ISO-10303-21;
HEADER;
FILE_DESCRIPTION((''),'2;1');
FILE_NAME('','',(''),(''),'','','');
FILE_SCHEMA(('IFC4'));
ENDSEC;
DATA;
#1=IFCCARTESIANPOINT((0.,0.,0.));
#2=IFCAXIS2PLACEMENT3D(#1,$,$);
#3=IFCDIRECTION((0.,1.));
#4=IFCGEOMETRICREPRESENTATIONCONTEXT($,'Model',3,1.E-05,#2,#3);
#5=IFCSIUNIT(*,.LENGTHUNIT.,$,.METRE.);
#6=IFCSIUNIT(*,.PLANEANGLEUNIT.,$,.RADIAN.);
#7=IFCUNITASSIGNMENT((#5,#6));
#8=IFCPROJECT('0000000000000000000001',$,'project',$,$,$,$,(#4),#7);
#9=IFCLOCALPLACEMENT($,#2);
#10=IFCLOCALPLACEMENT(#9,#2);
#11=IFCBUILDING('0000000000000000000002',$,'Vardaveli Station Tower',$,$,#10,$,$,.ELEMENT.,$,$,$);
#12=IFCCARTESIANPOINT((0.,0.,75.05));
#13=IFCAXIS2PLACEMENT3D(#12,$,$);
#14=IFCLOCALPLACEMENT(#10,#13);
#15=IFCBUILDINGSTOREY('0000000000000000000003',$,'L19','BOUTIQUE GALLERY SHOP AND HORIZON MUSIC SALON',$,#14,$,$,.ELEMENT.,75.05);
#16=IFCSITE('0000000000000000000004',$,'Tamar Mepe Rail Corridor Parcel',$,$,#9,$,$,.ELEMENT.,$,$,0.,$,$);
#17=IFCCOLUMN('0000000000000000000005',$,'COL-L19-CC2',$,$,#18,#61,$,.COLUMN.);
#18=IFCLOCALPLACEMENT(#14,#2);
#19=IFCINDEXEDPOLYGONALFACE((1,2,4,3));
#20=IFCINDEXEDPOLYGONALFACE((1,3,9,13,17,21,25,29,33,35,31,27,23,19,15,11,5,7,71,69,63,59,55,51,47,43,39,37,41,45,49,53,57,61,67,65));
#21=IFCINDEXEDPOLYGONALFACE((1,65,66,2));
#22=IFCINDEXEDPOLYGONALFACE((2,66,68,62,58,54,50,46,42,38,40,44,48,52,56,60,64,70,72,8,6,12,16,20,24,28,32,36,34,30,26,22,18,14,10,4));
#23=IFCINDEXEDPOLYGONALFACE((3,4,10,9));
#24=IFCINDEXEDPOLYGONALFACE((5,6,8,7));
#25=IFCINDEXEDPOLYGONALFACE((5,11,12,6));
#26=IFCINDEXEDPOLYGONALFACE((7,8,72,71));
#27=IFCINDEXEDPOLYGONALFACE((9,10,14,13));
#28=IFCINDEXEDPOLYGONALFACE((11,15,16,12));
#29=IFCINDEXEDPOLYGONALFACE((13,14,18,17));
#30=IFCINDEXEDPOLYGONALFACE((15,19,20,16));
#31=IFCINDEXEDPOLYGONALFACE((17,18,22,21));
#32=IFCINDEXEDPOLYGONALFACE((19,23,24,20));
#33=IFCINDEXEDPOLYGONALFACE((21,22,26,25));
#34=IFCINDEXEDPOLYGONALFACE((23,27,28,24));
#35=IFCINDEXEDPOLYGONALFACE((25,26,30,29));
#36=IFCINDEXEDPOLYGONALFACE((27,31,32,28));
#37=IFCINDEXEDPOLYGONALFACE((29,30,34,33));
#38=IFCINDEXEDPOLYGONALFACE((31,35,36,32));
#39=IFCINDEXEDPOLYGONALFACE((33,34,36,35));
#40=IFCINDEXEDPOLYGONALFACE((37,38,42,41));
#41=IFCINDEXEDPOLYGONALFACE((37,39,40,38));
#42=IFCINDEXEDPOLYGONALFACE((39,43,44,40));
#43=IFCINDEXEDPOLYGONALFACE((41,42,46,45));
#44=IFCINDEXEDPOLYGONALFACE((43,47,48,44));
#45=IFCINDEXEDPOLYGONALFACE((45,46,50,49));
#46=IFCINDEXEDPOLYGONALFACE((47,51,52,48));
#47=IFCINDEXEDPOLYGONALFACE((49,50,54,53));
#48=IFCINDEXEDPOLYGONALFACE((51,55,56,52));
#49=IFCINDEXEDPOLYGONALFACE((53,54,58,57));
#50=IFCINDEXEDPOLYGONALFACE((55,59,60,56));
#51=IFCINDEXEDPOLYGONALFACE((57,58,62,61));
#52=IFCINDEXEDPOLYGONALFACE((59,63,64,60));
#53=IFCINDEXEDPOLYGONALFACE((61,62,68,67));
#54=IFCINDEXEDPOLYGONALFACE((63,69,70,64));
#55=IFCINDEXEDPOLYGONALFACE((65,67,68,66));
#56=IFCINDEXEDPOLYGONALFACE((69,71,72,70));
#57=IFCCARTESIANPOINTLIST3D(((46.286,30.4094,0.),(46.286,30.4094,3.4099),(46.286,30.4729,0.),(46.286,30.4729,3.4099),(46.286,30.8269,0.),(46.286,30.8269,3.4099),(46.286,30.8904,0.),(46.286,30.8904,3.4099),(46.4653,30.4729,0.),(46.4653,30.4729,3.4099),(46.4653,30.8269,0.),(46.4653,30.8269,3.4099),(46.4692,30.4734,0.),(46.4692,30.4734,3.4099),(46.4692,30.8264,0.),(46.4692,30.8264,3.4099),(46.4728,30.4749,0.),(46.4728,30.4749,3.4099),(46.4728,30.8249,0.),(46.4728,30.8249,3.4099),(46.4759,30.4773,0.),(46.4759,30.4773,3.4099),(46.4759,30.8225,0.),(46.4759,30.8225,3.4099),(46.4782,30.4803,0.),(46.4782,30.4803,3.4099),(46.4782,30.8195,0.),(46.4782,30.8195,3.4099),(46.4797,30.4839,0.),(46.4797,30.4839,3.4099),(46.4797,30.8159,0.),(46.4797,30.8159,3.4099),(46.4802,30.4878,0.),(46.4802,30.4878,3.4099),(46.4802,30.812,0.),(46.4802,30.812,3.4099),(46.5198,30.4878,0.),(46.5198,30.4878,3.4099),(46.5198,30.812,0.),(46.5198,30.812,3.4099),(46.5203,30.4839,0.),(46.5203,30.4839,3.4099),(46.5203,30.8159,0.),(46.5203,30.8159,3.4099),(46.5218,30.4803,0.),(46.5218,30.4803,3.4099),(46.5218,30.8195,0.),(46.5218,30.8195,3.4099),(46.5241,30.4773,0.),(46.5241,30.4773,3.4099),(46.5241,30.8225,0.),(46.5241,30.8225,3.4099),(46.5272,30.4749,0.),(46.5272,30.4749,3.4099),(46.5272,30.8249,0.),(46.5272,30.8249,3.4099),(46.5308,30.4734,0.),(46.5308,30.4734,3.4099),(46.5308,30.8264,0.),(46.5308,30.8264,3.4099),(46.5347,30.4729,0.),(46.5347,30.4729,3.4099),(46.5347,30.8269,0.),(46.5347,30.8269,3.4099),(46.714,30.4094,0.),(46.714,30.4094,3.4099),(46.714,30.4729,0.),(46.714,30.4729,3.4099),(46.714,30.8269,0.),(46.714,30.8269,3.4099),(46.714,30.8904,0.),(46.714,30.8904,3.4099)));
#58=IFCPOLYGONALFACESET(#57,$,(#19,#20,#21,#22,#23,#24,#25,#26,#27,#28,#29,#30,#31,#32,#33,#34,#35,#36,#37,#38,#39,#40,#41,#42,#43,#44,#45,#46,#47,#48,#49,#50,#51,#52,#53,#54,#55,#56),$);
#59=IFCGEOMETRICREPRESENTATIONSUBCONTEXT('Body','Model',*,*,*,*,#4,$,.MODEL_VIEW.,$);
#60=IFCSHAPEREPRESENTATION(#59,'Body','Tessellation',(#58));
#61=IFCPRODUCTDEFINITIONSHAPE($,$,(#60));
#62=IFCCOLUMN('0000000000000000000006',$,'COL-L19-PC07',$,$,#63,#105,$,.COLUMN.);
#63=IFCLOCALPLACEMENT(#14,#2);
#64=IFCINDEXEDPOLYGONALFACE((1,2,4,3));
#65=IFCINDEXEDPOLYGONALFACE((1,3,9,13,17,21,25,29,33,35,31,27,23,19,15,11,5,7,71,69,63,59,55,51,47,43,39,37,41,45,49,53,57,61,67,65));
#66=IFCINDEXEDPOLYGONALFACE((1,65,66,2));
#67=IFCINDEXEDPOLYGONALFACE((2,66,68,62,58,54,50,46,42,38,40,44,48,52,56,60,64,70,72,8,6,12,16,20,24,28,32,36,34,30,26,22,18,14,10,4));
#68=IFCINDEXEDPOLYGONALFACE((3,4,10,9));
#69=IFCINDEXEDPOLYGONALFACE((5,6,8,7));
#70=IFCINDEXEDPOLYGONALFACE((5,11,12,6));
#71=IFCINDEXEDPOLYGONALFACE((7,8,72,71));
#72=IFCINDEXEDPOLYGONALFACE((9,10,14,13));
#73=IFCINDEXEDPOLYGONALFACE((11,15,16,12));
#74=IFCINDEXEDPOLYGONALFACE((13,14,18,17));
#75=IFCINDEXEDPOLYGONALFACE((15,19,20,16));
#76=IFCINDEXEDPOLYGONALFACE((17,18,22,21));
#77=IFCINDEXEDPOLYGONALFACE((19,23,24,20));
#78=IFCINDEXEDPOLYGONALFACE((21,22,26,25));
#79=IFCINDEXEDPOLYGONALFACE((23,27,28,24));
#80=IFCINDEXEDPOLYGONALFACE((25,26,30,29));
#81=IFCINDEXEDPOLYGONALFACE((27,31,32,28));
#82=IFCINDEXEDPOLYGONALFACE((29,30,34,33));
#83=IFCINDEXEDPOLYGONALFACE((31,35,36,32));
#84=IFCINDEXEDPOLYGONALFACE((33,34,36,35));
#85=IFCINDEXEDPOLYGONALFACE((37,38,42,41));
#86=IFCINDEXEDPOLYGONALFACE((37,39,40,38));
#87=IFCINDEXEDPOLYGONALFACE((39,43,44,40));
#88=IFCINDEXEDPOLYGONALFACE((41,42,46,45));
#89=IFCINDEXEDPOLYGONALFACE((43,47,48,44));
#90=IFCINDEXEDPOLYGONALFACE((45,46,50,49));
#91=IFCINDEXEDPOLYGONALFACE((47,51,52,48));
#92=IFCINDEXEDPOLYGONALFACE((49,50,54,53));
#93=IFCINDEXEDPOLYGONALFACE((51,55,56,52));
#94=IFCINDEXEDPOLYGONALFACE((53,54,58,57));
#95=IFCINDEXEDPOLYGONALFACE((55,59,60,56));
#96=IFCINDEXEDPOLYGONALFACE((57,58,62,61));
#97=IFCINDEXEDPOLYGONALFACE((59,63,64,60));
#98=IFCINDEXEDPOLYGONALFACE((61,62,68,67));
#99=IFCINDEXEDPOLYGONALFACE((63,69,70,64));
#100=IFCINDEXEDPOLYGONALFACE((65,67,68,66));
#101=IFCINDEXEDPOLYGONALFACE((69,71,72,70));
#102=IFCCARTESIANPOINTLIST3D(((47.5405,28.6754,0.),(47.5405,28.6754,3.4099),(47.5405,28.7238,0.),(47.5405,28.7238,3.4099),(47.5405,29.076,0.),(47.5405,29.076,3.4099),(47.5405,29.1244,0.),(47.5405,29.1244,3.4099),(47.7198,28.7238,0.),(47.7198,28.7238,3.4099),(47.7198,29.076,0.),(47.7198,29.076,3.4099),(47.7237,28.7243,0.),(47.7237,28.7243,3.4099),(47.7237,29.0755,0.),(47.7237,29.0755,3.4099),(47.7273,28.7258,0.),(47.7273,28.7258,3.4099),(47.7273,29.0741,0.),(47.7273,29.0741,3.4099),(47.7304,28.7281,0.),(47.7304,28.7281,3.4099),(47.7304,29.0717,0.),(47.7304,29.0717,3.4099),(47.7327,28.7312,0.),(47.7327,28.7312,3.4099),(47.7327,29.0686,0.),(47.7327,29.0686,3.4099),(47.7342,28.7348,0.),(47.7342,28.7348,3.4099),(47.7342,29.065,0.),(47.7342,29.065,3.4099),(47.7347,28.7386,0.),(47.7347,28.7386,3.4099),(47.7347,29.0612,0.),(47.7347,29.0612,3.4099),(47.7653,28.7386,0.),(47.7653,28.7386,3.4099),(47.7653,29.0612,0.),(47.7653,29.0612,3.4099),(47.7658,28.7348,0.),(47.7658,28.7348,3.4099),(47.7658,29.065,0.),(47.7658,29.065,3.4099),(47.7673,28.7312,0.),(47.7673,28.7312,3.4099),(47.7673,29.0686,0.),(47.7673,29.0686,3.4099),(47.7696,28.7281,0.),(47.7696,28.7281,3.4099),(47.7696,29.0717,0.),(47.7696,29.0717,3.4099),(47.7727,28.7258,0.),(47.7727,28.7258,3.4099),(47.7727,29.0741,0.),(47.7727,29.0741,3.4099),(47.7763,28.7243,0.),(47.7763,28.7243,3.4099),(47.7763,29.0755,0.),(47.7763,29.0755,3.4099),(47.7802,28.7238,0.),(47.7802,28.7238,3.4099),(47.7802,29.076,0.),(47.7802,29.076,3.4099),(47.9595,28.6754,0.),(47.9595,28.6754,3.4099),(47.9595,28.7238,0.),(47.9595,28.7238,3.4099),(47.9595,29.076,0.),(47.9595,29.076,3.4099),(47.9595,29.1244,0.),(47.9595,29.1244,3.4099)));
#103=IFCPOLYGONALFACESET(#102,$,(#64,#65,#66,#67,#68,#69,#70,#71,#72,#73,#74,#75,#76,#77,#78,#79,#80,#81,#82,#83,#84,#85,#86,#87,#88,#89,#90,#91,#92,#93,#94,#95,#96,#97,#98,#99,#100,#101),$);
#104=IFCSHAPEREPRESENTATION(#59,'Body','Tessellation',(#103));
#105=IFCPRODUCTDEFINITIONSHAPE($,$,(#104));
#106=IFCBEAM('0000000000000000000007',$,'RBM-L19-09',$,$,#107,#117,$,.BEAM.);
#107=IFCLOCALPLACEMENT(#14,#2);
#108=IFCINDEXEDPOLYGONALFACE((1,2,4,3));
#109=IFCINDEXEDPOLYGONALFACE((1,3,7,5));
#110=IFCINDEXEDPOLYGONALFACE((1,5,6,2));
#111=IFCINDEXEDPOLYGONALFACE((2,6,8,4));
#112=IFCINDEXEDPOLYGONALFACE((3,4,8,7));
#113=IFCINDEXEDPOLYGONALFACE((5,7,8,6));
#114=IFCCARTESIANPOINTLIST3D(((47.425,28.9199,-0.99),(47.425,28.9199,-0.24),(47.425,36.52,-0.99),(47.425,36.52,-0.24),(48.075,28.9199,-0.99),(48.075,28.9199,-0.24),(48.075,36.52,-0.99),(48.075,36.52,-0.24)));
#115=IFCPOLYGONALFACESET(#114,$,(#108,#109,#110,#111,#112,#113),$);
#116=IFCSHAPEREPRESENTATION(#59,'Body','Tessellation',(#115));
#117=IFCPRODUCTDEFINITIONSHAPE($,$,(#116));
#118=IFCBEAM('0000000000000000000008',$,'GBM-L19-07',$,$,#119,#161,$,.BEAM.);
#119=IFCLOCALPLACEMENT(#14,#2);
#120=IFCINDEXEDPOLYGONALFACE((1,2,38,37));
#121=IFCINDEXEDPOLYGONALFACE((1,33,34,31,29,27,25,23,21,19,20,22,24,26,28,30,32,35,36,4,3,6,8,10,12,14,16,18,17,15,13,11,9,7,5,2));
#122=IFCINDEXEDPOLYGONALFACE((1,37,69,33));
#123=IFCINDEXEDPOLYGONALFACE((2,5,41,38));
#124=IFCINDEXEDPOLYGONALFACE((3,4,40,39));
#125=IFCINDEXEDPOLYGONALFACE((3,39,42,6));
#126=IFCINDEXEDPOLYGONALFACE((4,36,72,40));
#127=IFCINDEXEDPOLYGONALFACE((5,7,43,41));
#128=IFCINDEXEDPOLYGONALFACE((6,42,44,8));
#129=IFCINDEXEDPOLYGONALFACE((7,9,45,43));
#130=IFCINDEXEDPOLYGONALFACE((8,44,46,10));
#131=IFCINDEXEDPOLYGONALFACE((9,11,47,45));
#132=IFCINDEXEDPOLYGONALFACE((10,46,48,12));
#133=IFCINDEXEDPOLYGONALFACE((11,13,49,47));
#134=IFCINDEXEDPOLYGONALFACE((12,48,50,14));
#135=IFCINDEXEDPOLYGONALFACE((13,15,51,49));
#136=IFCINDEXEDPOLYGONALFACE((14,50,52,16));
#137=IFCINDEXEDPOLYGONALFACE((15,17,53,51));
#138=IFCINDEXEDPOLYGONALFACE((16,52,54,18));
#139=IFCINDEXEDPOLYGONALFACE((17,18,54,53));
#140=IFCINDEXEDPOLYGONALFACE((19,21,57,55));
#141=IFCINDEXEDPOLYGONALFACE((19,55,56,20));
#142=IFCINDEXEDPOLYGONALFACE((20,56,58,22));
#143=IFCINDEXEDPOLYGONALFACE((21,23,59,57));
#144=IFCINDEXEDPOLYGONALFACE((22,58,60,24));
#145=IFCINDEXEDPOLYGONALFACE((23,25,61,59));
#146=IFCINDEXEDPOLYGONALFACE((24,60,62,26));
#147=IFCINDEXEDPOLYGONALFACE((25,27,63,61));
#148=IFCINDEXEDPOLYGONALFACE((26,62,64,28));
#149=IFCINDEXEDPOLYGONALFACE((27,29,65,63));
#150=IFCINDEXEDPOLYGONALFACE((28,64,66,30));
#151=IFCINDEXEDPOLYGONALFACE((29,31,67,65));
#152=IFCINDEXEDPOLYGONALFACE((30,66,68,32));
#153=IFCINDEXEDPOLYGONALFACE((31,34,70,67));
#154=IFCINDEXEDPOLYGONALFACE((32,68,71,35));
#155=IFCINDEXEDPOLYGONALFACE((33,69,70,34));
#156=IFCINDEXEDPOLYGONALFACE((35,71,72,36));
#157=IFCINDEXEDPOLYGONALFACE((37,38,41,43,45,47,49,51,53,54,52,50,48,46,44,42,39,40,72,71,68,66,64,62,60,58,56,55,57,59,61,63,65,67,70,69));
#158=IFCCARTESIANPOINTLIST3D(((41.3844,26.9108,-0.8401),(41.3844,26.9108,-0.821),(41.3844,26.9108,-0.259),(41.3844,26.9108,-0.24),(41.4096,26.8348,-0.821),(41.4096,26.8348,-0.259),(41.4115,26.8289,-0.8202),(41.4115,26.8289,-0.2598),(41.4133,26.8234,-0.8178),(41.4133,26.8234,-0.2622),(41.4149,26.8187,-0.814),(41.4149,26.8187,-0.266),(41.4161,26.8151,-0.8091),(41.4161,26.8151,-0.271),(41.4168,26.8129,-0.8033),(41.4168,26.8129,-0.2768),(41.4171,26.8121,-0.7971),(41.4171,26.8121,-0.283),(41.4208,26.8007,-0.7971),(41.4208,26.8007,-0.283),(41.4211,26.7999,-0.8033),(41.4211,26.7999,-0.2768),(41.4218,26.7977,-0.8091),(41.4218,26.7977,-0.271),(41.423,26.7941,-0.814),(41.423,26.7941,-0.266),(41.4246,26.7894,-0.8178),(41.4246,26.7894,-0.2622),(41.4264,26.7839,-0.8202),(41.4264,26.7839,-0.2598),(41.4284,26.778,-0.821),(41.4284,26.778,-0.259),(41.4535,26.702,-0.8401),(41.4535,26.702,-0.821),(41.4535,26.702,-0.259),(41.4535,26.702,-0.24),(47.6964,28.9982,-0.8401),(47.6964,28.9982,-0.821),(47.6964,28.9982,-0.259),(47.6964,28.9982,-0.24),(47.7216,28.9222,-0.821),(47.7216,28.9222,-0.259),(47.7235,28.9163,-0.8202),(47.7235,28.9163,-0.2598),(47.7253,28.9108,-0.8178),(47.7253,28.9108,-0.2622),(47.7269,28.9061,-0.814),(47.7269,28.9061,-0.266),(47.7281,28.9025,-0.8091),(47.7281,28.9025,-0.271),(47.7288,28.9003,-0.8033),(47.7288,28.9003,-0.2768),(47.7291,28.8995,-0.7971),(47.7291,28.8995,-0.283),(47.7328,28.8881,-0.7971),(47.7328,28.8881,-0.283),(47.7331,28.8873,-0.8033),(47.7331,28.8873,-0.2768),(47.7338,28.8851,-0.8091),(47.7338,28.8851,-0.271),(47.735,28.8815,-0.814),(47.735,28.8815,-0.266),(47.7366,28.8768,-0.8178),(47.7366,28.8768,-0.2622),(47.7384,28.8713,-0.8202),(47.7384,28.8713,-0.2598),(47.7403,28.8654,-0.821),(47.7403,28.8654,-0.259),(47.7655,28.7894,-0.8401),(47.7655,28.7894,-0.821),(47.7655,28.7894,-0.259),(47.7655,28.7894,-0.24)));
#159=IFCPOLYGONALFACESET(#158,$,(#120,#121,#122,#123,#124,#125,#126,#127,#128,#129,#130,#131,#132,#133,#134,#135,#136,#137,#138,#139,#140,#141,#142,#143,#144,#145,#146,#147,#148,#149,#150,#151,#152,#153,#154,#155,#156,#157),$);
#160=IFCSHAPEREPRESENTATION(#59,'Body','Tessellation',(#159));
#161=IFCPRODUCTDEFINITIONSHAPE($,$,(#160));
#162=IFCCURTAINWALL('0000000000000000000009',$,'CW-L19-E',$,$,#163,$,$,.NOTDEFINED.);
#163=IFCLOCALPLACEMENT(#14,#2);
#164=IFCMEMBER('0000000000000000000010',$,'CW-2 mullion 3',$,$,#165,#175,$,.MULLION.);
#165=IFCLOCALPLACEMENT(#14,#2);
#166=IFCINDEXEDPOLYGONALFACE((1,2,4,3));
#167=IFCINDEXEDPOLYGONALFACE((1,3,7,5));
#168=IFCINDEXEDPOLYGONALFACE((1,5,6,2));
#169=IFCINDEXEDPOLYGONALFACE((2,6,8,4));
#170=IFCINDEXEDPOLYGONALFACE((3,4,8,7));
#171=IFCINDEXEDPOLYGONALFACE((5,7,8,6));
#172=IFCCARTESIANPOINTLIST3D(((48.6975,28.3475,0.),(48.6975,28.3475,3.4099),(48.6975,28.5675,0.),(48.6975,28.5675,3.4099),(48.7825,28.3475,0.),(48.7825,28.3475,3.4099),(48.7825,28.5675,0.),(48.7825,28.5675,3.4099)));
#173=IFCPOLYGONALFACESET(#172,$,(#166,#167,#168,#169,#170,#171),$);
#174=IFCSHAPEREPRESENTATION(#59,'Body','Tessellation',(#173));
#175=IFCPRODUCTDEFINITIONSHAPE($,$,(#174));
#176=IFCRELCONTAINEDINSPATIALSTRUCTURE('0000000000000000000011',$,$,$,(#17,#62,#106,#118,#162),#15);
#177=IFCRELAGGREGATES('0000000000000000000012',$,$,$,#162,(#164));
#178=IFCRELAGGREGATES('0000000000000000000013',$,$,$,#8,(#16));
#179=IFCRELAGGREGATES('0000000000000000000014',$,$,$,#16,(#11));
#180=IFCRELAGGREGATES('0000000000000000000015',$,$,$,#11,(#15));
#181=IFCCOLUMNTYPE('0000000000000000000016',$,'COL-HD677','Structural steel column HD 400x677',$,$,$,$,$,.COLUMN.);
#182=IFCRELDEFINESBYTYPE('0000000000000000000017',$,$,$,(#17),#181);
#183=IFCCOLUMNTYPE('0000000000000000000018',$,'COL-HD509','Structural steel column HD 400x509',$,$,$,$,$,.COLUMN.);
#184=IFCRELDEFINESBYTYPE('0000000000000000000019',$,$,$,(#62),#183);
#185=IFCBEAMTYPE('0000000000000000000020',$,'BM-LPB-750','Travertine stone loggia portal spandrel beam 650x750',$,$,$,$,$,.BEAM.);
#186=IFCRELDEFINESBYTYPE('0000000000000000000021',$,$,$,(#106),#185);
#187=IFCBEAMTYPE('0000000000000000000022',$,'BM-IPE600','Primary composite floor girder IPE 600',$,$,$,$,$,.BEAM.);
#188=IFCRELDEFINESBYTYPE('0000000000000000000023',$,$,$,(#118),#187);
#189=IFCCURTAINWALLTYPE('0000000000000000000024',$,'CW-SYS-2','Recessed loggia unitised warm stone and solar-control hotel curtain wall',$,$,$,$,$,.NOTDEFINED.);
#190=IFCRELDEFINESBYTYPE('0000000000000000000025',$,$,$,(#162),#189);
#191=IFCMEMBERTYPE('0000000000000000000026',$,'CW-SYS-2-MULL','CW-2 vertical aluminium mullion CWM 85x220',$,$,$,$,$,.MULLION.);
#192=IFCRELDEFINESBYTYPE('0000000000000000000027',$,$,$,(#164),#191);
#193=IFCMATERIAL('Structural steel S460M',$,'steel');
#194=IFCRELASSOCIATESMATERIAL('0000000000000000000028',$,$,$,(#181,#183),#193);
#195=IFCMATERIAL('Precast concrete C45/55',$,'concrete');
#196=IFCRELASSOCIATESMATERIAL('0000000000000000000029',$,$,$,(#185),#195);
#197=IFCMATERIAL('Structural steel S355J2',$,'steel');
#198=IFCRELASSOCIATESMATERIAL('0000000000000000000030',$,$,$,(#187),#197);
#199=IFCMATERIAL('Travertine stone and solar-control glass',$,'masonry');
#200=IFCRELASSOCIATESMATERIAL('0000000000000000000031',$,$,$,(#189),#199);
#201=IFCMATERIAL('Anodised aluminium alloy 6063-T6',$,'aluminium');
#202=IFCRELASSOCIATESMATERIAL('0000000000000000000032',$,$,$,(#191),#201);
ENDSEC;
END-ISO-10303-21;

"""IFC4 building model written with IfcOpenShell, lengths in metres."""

from ifc_helpers import new_model, si_unit, direction, frame, origin, origin_2d, place, context, subcontext, project, spatial, rectangle, i_section, extrude, source, transform, mapped, material, material_profile, profile_set, type_object, element, aggregate, save


model = new_model("IFC4")

# Units and contexts
model_context = context("Model", 3, precision=1e-05, world=origin(), true_north=direction((0.0, 1.0)))
body_context = subcontext(model_context, "Body", "Model", "MODEL_VIEW")
ifc_project = project(units=[si_unit("LENGTHUNIT", "METRE"), si_unit("PLANEANGLEUNIT", "RADIAN")], contexts=[model_context])

# Site, building, storey
site_placement = place(None, origin())
site = spatial("IfcSite", under=ifc_project, at=site_placement, Name="Tamar Mepe Rail Corridor Parcel", CompositionType="ELEMENT", RefElevation=0.0)
building_placement = place(site_placement, origin())
building = spatial("IfcBuilding", under=site, at=building_placement, Name="Vardaveli Station Tower", CompositionType="ELEMENT")
storey_placement = place(building_placement, frame((0.0, 0.0, 75.05)))
storey = spatial("IfcBuildingStorey", under=building, at=storey_placement, Name="L19", Description="BOUTIQUE GALLERY SHOP AND HORIZON MUSIC SALON", CompositionType="ELEMENT", Elevation=75.05)

# Columns
ifc_material_1 = material(Name="Structural steel S460M", Category="steel")
ifc_material_profile_1 = material_profile(ifc_material_1, i_section(OverallWidth=0.428, OverallDepth=0.481, WebThickness=0.0396, FlangeThickness=0.0635, FilletRadius=0.0149, at=origin_2d()), Name="HD 400x677")
ifc_profile_set_1 = profile_set([ifc_material_profile_1], Name="Structural steel S460M")
column_type_1 = type_object("IfcColumnType", Name="COL-HD677", Description="Structural steel column HD 400x677", PredefinedType="COLUMN", material=ifc_profile_set_1)
shared_shape_1 = source(origin(), body_context, "Body", "SweptSolid", [
    extrude(i_section(OverallWidth=0.428, OverallDepth=0.481, WebThickness=0.0396, FlangeThickness=0.0635, FilletRadius=0.0149, at=origin_2d()), origin(), (0.0, 0.0, 1.0), 3.4099),
])
column_1_placement = place(storey_placement, frame((46.5, 30.6499, 0.0), z_axis=(0.0, 0.0, 1.0), x_axis=(1.0, 0.0, 0.0)))
element("IfcColumn", 1, at=column_1_placement, inside=storey, type_object=column_type_1, Name="COL-L19-CC2", PredefinedType="COLUMN", context=body_context, shape_type="MappedRepresentation", body=[
    mapped(shared_shape_1, transform((0.0, 0.0, 0.0), scale=1.0)),
])
ifc_material_profile_2 = material_profile(ifc_material_1, i_section(OverallWidth=0.4189, OverallDepth=0.449, WebThickness=0.0305, FlangeThickness=0.0483, FilletRadius=0.0149, at=origin_2d()), Name="HD 400x509")
ifc_profile_set_2 = profile_set([ifc_material_profile_2], Name="Structural steel S460M")
column_type_2 = type_object("IfcColumnType", Name="COL-HD509", Description="Structural steel column HD 400x509", PredefinedType="COLUMN", material=ifc_profile_set_2)
shared_shape_2 = source(origin(), body_context, "Body", "SweptSolid", [
    extrude(i_section(OverallWidth=0.4189, OverallDepth=0.449, WebThickness=0.0305, FlangeThickness=0.0483, FilletRadius=0.0149, at=origin_2d()), origin(), (0.0, 0.0, 1.0), 3.4099),
])
column_2_placement = place(storey_placement, frame((47.75, 28.8999, 0.0), z_axis=(0.0, 0.0, 1.0), x_axis=(1.0, 0.0, 0.0)))
element("IfcColumn", 2, at=column_2_placement, inside=storey, type_object=column_type_2, Name="COL-L19-PC07", PredefinedType="COLUMN", context=body_context, shape_type="MappedRepresentation", body=[
    mapped(shared_shape_2, transform((0.0, 0.0, 0.0), scale=1.0)),
])

# Beams
ifc_material_2 = material(Name="Precast concrete C45/55", Category="concrete")
ifc_material_profile_3 = material_profile(ifc_material_2, rectangle(XDim=0.6499, YDim=0.75, at=origin_2d()), Name="LPB 650x750")
ifc_profile_set_3 = profile_set([ifc_material_profile_3], Name="Precast concrete C45/55")
beam_type_1 = type_object("IfcBeamType", Name="BM-LPB-750", Description="Travertine stone loggia portal spandrel beam 650x750", PredefinedType="BEAM", material=ifc_profile_set_3)
shared_shape_3 = source(origin(), body_context, "Body", "SweptSolid", [
    extrude(rectangle(XDim=0.6499, YDim=0.75, at=origin_2d()), origin(), (0.0, 0.0, 1.0), 7.6001),
])
beam_1_placement = place(storey_placement, frame((47.75, 28.9199, -0.615), z_axis=(0.0, 1.0, 0.0), x_axis=(-1.0, 0.0, 0.0)))
element("IfcBeam", 3, at=beam_1_placement, inside=storey, type_object=beam_type_1, Name="RBM-L19-09", PredefinedType="BEAM", context=body_context, shape_type="MappedRepresentation", body=[
    mapped(shared_shape_3, transform((0.0, 0.0, 0.0), scale=1.0)),
])
ifc_material_3 = material(Name="Structural steel S355J2", Category="steel")
ifc_material_profile_4 = material_profile(ifc_material_3, i_section(OverallWidth=0.22, OverallDepth=0.6001, WebThickness=0.012, FlangeThickness=0.019, FilletRadius=0.0239, at=origin_2d()), Name="IPE 600")
ifc_profile_set_4 = profile_set([ifc_material_profile_4], Name="Structural steel S355J2")
beam_type_2 = type_object("IfcBeamType", Name="BM-IPE600", Description="Primary composite floor girder IPE 600", PredefinedType="BEAM", material=ifc_profile_set_4)
shared_shape_4 = source(origin(), body_context, "Body", "SweptSolid", [
    extrude(i_section(OverallWidth=0.22, OverallDepth=0.6001, WebThickness=0.012, FlangeThickness=0.019, FilletRadius=0.0239, at=origin_2d()), origin(), (0.0, 0.0, 1.0), 6.6482),
])
beam_2_placement = place(storey_placement, frame((47.731, 28.8938, -0.54), z_axis=(-0.94943, -0.313979, 0.0), x_axis=(0.313979, -0.94943, 0.0)))
element("IfcBeam", 4, at=beam_2_placement, inside=storey, type_object=beam_type_2, Name="GBM-L19-07", PredefinedType="BEAM", context=body_context, shape_type="MappedRepresentation", body=[
    mapped(shared_shape_4, transform((0.0, 0.0, 0.0), scale=1.0)),
])

# Curtain wall, member
ifc_material_4 = material(Name="Travertine stone and solar-control glass", Category="masonry")
curtain_wall_type = type_object("IfcCurtainWallType", Name="CW-SYS-2", Description="Recessed loggia unitised warm stone and solar-control hotel curtain wall", PredefinedType="NOTDEFINED", material=ifc_material_4)
curtain_wall_placement = place(storey_placement, origin())
curtain_wall = element("IfcCurtainWall", 5, at=curtain_wall_placement, inside=storey, type_object=curtain_wall_type, Name="CW-L19-E", PredefinedType="NOTDEFINED")
ifc_material_5 = material(Name="Anodised aluminium alloy 6063-T6", Category="aluminium")
ifc_material_profile_5 = material_profile(ifc_material_5, rectangle(XDim=0.085, YDim=0.22, at=origin_2d()), Name="CWM 85x220")
ifc_profile_set_5 = profile_set([ifc_material_profile_5], Name="Anodised aluminium alloy 6063-T6")
member_type = type_object("IfcMemberType", Name="CW-SYS-2-MULL", Description="CW-2 vertical aluminium mullion CWM 85x220", PredefinedType="MULLION", material=ifc_profile_set_5)
shared_shape_5 = source(origin(), body_context, "Body", "SweptSolid", [
    extrude(rectangle(XDim=0.085, YDim=0.22, at=origin_2d()), origin(), (0.0, 0.0, 1.0), 3.4099),
])
member_placement = place(storey_placement, frame((48.74, 28.4575, 0.0), z_axis=(0.0, 0.0, 1.0), x_axis=(-1.0, 0.0, 0.0)))
member = element("IfcMember", 6, at=member_placement, type_object=member_type, Name="CW-2 mullion 3", PredefinedType="MULLION", context=body_context, shape_type="MappedRepresentation", body=[
    mapped(shared_shape_5, transform((0.0, 0.0, 0.0), scale=1.0)),
])
aggregate(curtain_wall, [member])

save(model, "model.ifc")
